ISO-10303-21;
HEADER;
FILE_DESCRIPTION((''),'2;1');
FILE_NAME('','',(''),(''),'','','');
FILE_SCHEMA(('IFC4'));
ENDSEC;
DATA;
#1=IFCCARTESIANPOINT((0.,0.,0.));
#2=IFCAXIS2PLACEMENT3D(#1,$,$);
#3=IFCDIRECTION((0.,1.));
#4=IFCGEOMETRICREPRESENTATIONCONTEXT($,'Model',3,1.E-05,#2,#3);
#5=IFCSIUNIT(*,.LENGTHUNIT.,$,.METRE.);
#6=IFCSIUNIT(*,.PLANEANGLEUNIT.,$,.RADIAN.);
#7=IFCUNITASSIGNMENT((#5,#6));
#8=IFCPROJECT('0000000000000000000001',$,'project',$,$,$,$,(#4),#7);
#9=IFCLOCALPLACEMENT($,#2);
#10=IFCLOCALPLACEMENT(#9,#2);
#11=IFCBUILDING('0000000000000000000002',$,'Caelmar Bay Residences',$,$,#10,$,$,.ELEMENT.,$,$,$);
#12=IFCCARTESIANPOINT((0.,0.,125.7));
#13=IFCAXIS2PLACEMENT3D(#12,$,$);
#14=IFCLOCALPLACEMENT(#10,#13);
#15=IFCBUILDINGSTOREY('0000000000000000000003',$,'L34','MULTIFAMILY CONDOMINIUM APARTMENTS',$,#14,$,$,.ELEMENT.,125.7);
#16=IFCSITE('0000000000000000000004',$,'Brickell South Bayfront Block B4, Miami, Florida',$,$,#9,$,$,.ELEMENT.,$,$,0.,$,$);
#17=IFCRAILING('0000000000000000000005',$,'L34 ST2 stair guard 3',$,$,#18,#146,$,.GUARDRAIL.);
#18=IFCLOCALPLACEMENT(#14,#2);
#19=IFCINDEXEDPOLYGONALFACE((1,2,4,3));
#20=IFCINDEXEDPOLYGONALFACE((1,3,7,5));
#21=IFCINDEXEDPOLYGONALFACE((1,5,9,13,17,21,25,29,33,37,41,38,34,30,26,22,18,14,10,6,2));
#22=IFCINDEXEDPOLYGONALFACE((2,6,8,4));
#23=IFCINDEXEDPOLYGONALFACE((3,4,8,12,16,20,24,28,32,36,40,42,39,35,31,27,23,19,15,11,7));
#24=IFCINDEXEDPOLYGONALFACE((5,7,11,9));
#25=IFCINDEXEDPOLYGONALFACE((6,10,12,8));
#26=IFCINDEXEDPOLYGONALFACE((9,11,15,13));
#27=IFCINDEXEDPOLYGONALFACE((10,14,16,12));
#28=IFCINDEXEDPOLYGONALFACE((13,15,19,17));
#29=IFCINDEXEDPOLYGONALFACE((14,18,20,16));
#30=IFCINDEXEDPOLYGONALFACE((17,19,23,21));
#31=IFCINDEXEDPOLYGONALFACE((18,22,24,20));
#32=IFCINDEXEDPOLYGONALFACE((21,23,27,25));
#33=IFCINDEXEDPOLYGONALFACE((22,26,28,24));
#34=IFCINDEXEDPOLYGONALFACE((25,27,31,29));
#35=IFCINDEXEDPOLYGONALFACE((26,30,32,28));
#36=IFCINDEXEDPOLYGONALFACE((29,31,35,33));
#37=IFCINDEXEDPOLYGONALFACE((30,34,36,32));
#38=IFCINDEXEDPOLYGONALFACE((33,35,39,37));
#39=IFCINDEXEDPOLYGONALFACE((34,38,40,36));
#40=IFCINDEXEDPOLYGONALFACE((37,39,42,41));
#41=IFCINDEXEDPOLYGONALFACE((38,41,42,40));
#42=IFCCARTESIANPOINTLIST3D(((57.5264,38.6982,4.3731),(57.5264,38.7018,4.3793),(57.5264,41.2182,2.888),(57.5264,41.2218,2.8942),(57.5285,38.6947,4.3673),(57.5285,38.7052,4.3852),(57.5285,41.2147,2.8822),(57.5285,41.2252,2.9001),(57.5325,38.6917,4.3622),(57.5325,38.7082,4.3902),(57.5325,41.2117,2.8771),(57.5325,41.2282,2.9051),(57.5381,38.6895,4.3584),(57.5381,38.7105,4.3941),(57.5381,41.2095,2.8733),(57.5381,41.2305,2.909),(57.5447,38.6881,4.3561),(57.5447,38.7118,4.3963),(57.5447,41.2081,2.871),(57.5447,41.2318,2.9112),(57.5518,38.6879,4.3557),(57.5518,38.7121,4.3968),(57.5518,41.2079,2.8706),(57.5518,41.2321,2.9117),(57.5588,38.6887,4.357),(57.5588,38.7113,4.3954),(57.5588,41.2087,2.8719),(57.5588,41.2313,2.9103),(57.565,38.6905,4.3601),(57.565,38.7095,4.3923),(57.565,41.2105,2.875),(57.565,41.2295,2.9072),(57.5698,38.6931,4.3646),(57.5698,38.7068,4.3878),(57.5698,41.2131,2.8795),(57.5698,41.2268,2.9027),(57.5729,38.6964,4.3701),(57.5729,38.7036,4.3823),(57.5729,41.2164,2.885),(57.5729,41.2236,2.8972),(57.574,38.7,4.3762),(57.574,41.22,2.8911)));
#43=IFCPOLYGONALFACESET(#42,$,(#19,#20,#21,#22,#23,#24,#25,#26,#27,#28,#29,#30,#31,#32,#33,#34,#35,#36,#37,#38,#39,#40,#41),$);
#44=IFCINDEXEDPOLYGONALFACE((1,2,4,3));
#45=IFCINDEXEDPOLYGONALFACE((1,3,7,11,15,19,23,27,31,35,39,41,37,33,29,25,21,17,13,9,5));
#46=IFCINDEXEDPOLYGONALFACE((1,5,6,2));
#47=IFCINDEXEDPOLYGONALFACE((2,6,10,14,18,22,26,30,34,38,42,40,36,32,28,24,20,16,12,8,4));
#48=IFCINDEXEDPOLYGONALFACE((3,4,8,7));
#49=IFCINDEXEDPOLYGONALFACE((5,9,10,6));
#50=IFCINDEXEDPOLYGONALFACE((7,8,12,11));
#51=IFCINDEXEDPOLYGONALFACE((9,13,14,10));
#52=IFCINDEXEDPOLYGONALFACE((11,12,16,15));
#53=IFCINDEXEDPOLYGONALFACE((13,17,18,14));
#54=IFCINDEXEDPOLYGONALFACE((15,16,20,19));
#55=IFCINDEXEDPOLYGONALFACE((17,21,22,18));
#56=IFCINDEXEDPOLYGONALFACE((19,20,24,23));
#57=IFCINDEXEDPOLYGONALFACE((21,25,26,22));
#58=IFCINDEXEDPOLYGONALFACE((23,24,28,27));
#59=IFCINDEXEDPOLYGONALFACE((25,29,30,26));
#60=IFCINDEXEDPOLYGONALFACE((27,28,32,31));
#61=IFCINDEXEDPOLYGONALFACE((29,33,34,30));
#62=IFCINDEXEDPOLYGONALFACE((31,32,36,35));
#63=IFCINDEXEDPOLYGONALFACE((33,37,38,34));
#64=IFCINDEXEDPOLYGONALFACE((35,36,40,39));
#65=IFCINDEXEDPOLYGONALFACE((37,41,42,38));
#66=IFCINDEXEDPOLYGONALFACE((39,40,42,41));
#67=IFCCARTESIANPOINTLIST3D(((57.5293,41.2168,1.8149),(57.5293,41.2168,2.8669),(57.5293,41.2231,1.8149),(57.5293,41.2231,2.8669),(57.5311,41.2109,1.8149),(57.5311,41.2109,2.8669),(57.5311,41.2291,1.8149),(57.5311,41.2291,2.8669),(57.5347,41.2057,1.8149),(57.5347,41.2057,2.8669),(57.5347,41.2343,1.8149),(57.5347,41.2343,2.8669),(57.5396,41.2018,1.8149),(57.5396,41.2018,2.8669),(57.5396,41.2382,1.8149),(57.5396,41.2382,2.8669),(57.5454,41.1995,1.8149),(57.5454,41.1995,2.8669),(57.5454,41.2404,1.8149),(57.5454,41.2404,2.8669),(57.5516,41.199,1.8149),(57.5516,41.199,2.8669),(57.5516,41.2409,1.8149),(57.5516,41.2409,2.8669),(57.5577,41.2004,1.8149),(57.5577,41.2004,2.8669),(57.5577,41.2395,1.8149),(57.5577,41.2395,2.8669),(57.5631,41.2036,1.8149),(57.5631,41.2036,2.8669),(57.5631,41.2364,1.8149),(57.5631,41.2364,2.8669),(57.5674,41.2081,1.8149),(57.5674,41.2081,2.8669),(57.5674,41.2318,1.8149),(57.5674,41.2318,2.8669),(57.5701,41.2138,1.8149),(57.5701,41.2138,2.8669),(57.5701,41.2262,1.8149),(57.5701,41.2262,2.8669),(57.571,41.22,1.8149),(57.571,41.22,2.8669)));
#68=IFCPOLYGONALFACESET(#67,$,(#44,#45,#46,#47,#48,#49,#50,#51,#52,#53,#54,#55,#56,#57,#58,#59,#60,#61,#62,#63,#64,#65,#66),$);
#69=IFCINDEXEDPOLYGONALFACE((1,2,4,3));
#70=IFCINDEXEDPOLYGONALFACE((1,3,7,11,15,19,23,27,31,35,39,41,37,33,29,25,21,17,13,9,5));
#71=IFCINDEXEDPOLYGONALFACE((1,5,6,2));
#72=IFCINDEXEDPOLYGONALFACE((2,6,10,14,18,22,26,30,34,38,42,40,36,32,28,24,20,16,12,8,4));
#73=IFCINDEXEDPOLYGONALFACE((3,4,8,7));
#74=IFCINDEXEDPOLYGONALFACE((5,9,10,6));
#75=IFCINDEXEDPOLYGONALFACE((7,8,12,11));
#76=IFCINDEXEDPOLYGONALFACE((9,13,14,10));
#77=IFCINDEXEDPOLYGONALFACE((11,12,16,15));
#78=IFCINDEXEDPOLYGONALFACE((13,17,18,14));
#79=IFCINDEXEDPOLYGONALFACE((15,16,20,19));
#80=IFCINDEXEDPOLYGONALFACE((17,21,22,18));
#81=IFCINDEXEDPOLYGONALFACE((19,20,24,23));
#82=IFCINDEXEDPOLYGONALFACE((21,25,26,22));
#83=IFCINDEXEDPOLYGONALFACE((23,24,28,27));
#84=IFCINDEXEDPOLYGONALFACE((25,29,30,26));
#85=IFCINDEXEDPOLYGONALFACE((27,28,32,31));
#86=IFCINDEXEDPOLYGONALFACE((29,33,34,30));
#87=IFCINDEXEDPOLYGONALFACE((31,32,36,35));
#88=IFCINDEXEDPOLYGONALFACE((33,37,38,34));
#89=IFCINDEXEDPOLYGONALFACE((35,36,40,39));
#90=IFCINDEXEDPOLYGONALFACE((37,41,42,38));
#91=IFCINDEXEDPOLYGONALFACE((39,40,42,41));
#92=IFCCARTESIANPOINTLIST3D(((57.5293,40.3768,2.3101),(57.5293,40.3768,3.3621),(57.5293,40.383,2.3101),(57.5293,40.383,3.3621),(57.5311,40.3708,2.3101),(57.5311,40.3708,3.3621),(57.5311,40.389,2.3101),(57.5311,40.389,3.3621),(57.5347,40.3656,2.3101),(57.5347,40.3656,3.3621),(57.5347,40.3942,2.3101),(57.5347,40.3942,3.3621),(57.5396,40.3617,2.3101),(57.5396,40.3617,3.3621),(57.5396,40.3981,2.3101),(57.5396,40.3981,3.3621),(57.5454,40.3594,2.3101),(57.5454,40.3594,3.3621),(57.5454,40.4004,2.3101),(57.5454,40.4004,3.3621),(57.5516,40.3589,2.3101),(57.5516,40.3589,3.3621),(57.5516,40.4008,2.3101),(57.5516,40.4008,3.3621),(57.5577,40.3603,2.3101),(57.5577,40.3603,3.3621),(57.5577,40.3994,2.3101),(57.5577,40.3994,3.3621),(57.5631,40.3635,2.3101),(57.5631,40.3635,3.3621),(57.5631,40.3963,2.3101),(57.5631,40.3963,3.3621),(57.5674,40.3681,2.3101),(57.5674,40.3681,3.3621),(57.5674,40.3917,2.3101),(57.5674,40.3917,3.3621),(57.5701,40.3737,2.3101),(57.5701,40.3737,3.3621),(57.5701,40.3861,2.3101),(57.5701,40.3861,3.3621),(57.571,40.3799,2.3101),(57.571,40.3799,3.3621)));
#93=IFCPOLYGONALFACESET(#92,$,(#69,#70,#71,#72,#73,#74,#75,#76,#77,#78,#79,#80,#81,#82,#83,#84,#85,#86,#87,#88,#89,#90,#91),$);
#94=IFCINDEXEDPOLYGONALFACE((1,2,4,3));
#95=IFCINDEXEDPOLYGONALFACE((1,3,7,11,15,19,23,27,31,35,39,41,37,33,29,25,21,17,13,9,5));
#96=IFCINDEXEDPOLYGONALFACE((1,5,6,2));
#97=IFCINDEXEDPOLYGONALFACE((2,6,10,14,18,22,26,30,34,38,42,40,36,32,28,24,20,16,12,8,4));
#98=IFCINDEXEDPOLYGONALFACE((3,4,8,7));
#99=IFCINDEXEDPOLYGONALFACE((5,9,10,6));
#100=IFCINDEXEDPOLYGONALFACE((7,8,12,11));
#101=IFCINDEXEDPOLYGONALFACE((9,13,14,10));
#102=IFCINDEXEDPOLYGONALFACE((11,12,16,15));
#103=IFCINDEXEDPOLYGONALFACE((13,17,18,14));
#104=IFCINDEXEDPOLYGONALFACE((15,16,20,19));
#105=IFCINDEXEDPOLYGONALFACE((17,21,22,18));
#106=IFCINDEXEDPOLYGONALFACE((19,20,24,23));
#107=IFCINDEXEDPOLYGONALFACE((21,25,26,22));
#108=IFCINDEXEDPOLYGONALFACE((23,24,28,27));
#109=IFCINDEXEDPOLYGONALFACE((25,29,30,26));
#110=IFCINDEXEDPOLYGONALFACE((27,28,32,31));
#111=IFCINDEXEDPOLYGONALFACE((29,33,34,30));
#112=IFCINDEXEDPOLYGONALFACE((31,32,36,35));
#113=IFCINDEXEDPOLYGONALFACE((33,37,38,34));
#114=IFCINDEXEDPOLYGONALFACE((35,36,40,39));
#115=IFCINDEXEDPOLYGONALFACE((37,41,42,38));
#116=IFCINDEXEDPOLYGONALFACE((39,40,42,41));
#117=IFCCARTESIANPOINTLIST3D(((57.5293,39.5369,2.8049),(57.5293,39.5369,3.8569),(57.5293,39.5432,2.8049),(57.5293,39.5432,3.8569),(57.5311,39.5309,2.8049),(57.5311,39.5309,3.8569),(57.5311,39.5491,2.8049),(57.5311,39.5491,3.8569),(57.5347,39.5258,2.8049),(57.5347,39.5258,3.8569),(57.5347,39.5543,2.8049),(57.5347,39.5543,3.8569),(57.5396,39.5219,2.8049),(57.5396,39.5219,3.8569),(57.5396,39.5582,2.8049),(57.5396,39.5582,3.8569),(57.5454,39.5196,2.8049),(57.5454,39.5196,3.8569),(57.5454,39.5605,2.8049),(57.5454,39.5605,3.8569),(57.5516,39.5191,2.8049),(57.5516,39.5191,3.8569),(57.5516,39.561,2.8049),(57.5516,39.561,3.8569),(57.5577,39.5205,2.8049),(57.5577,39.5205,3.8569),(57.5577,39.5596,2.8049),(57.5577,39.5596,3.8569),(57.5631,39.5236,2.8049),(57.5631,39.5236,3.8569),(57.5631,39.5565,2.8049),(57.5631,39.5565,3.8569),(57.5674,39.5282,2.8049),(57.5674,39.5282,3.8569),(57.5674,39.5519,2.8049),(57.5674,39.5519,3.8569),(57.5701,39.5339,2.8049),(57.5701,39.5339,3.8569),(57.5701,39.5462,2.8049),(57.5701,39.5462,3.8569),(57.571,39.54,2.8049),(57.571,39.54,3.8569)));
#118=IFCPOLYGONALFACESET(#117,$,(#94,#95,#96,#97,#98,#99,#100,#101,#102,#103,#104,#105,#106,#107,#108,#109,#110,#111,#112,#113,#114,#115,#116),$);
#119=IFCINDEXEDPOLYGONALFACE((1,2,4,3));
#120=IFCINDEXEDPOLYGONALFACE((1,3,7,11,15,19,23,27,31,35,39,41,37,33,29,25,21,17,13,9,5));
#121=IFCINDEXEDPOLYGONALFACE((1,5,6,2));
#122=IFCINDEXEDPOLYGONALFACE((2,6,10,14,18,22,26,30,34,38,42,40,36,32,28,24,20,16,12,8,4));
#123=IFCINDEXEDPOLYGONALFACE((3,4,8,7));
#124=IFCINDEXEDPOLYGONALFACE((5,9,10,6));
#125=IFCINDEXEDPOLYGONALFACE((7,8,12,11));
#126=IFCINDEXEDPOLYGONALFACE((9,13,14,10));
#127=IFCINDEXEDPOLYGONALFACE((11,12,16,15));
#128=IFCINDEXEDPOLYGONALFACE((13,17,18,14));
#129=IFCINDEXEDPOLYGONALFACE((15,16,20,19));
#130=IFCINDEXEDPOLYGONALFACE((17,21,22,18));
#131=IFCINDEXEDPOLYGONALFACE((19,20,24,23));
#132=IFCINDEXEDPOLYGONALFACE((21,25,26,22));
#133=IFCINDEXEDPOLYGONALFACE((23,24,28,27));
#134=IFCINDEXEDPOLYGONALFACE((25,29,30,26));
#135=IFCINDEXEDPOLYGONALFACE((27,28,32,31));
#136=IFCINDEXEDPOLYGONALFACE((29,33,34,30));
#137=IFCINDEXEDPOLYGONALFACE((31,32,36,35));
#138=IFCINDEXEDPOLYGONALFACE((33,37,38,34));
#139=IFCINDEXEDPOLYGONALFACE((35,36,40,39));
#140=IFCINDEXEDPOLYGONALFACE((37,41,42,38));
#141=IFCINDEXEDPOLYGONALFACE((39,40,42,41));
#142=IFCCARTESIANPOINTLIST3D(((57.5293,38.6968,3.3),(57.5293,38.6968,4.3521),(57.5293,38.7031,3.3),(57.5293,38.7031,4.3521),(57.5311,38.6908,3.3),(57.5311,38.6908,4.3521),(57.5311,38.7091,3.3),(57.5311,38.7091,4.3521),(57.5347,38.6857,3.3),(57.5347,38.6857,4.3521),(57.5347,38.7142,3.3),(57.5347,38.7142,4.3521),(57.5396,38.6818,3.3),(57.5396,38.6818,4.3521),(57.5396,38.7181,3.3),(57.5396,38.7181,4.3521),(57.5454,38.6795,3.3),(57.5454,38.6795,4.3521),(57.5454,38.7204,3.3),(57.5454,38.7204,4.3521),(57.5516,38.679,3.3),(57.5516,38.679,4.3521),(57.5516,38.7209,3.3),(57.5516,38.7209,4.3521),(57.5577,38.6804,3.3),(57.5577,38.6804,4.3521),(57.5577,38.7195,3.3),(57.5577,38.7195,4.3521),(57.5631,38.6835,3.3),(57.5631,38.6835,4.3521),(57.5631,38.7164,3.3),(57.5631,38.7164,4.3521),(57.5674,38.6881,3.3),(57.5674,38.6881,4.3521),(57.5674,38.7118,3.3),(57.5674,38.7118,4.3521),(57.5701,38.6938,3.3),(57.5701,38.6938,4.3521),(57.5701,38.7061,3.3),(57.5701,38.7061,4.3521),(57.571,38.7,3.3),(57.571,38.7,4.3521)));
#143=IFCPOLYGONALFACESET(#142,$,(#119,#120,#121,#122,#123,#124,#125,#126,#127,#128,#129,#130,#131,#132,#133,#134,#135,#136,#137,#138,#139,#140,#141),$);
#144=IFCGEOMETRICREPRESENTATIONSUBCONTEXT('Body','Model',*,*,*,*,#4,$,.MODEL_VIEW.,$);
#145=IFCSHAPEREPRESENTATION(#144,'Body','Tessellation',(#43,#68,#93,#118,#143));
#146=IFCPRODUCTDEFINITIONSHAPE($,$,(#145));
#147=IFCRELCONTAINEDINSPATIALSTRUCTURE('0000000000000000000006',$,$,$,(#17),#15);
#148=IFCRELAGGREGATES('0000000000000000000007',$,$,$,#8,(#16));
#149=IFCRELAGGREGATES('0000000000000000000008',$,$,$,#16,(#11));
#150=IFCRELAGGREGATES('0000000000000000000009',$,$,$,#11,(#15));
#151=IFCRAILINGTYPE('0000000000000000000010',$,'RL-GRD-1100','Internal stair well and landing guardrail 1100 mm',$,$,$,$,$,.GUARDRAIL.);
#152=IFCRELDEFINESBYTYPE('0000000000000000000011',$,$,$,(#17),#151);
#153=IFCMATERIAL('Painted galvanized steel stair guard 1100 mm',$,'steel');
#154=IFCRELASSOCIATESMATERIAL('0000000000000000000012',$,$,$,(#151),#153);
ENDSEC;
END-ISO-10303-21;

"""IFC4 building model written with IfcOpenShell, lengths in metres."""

from ifc_helpers import new_model, si_unit, direction, frame, origin, origin_2d, place, context, subcontext, project, spatial, circle, extrude, material, type_object, element, save


model = new_model("IFC4")

# Units and contexts
model_context = context("Model", 3, precision=1e-05, world=origin(), true_north=direction((0.0, 1.0)))
body_context = subcontext(model_context, "Body", "Model", "MODEL_VIEW")
ifc_project = project(units=[si_unit("LENGTHUNIT", "METRE"), si_unit("PLANEANGLEUNIT", "RADIAN")], contexts=[model_context])

# Site, building, storey
site_placement = place(None, origin())
site = spatial("IfcSite", under=ifc_project, at=site_placement, Name="Brickell South Bayfront Block B4, Miami, Florida", CompositionType="ELEMENT", RefElevation=0.0)
building_placement = place(site_placement, origin())
building = spatial("IfcBuilding", under=site, at=building_placement, Name="Caelmar Bay Residences", CompositionType="ELEMENT")
storey_placement = place(building_placement, frame((0.0, 0.0, 125.7)))
storey = spatial("IfcBuildingStorey", under=building, at=storey_placement, Name="L34", Description="MULTIFAMILY CONDOMINIUM APARTMENTS", CompositionType="ELEMENT", Elevation=125.7)

# Railing
ifc_material_1 = material(Name="Painted galvanized steel stair guard 1100 mm", Category="steel")
railing_type_1 = type_object("IfcRailingType", Name="RL-GRD-1100", Description="Internal stair well and landing guardrail 1100 mm", PredefinedType="GUARDRAIL", material=ifc_material_1)
railing_1_placement = place(storey_placement, frame((57.55, 41.22, 1.8149)))
element("IfcRailing", 1, at=railing_1_placement, inside=storey, type_object=railing_type_1, Name="L34 ST2 stair guard 3", PredefinedType="GUARDRAIL", context=body_context, shape_type="SweptSolid", body=[
    extrude(circle(Radius=0.0239, at=origin_2d()), frame((0.0, 0.0, 1.0762), z_axis=(0.0, -0.861524, 0.507717), x_axis=(1.0, 0.0, 0.0)), (0.0, 0.0, 1.0), 2.925),
    extrude(circle(Radius=0.021, at=origin_2d()), origin(), (0.0, 0.0, 1.0), 1.052),
    extrude(circle(Radius=0.021, at=origin_2d()), frame((0.0, -0.8401, 0.4951)), (0.0, 0.0, 1.0), 1.052),
    extrude(circle(Radius=0.021, at=origin_2d()), frame((0.0, -1.6799, 0.99)), (0.0, 0.0, 1.0), 1.052),
    extrude(circle(Radius=0.021, at=origin_2d()), frame((0.0, -2.52, 1.4851)), (0.0, 0.0, 1.0), 1.052),
])

save(model, "model.ifc")
